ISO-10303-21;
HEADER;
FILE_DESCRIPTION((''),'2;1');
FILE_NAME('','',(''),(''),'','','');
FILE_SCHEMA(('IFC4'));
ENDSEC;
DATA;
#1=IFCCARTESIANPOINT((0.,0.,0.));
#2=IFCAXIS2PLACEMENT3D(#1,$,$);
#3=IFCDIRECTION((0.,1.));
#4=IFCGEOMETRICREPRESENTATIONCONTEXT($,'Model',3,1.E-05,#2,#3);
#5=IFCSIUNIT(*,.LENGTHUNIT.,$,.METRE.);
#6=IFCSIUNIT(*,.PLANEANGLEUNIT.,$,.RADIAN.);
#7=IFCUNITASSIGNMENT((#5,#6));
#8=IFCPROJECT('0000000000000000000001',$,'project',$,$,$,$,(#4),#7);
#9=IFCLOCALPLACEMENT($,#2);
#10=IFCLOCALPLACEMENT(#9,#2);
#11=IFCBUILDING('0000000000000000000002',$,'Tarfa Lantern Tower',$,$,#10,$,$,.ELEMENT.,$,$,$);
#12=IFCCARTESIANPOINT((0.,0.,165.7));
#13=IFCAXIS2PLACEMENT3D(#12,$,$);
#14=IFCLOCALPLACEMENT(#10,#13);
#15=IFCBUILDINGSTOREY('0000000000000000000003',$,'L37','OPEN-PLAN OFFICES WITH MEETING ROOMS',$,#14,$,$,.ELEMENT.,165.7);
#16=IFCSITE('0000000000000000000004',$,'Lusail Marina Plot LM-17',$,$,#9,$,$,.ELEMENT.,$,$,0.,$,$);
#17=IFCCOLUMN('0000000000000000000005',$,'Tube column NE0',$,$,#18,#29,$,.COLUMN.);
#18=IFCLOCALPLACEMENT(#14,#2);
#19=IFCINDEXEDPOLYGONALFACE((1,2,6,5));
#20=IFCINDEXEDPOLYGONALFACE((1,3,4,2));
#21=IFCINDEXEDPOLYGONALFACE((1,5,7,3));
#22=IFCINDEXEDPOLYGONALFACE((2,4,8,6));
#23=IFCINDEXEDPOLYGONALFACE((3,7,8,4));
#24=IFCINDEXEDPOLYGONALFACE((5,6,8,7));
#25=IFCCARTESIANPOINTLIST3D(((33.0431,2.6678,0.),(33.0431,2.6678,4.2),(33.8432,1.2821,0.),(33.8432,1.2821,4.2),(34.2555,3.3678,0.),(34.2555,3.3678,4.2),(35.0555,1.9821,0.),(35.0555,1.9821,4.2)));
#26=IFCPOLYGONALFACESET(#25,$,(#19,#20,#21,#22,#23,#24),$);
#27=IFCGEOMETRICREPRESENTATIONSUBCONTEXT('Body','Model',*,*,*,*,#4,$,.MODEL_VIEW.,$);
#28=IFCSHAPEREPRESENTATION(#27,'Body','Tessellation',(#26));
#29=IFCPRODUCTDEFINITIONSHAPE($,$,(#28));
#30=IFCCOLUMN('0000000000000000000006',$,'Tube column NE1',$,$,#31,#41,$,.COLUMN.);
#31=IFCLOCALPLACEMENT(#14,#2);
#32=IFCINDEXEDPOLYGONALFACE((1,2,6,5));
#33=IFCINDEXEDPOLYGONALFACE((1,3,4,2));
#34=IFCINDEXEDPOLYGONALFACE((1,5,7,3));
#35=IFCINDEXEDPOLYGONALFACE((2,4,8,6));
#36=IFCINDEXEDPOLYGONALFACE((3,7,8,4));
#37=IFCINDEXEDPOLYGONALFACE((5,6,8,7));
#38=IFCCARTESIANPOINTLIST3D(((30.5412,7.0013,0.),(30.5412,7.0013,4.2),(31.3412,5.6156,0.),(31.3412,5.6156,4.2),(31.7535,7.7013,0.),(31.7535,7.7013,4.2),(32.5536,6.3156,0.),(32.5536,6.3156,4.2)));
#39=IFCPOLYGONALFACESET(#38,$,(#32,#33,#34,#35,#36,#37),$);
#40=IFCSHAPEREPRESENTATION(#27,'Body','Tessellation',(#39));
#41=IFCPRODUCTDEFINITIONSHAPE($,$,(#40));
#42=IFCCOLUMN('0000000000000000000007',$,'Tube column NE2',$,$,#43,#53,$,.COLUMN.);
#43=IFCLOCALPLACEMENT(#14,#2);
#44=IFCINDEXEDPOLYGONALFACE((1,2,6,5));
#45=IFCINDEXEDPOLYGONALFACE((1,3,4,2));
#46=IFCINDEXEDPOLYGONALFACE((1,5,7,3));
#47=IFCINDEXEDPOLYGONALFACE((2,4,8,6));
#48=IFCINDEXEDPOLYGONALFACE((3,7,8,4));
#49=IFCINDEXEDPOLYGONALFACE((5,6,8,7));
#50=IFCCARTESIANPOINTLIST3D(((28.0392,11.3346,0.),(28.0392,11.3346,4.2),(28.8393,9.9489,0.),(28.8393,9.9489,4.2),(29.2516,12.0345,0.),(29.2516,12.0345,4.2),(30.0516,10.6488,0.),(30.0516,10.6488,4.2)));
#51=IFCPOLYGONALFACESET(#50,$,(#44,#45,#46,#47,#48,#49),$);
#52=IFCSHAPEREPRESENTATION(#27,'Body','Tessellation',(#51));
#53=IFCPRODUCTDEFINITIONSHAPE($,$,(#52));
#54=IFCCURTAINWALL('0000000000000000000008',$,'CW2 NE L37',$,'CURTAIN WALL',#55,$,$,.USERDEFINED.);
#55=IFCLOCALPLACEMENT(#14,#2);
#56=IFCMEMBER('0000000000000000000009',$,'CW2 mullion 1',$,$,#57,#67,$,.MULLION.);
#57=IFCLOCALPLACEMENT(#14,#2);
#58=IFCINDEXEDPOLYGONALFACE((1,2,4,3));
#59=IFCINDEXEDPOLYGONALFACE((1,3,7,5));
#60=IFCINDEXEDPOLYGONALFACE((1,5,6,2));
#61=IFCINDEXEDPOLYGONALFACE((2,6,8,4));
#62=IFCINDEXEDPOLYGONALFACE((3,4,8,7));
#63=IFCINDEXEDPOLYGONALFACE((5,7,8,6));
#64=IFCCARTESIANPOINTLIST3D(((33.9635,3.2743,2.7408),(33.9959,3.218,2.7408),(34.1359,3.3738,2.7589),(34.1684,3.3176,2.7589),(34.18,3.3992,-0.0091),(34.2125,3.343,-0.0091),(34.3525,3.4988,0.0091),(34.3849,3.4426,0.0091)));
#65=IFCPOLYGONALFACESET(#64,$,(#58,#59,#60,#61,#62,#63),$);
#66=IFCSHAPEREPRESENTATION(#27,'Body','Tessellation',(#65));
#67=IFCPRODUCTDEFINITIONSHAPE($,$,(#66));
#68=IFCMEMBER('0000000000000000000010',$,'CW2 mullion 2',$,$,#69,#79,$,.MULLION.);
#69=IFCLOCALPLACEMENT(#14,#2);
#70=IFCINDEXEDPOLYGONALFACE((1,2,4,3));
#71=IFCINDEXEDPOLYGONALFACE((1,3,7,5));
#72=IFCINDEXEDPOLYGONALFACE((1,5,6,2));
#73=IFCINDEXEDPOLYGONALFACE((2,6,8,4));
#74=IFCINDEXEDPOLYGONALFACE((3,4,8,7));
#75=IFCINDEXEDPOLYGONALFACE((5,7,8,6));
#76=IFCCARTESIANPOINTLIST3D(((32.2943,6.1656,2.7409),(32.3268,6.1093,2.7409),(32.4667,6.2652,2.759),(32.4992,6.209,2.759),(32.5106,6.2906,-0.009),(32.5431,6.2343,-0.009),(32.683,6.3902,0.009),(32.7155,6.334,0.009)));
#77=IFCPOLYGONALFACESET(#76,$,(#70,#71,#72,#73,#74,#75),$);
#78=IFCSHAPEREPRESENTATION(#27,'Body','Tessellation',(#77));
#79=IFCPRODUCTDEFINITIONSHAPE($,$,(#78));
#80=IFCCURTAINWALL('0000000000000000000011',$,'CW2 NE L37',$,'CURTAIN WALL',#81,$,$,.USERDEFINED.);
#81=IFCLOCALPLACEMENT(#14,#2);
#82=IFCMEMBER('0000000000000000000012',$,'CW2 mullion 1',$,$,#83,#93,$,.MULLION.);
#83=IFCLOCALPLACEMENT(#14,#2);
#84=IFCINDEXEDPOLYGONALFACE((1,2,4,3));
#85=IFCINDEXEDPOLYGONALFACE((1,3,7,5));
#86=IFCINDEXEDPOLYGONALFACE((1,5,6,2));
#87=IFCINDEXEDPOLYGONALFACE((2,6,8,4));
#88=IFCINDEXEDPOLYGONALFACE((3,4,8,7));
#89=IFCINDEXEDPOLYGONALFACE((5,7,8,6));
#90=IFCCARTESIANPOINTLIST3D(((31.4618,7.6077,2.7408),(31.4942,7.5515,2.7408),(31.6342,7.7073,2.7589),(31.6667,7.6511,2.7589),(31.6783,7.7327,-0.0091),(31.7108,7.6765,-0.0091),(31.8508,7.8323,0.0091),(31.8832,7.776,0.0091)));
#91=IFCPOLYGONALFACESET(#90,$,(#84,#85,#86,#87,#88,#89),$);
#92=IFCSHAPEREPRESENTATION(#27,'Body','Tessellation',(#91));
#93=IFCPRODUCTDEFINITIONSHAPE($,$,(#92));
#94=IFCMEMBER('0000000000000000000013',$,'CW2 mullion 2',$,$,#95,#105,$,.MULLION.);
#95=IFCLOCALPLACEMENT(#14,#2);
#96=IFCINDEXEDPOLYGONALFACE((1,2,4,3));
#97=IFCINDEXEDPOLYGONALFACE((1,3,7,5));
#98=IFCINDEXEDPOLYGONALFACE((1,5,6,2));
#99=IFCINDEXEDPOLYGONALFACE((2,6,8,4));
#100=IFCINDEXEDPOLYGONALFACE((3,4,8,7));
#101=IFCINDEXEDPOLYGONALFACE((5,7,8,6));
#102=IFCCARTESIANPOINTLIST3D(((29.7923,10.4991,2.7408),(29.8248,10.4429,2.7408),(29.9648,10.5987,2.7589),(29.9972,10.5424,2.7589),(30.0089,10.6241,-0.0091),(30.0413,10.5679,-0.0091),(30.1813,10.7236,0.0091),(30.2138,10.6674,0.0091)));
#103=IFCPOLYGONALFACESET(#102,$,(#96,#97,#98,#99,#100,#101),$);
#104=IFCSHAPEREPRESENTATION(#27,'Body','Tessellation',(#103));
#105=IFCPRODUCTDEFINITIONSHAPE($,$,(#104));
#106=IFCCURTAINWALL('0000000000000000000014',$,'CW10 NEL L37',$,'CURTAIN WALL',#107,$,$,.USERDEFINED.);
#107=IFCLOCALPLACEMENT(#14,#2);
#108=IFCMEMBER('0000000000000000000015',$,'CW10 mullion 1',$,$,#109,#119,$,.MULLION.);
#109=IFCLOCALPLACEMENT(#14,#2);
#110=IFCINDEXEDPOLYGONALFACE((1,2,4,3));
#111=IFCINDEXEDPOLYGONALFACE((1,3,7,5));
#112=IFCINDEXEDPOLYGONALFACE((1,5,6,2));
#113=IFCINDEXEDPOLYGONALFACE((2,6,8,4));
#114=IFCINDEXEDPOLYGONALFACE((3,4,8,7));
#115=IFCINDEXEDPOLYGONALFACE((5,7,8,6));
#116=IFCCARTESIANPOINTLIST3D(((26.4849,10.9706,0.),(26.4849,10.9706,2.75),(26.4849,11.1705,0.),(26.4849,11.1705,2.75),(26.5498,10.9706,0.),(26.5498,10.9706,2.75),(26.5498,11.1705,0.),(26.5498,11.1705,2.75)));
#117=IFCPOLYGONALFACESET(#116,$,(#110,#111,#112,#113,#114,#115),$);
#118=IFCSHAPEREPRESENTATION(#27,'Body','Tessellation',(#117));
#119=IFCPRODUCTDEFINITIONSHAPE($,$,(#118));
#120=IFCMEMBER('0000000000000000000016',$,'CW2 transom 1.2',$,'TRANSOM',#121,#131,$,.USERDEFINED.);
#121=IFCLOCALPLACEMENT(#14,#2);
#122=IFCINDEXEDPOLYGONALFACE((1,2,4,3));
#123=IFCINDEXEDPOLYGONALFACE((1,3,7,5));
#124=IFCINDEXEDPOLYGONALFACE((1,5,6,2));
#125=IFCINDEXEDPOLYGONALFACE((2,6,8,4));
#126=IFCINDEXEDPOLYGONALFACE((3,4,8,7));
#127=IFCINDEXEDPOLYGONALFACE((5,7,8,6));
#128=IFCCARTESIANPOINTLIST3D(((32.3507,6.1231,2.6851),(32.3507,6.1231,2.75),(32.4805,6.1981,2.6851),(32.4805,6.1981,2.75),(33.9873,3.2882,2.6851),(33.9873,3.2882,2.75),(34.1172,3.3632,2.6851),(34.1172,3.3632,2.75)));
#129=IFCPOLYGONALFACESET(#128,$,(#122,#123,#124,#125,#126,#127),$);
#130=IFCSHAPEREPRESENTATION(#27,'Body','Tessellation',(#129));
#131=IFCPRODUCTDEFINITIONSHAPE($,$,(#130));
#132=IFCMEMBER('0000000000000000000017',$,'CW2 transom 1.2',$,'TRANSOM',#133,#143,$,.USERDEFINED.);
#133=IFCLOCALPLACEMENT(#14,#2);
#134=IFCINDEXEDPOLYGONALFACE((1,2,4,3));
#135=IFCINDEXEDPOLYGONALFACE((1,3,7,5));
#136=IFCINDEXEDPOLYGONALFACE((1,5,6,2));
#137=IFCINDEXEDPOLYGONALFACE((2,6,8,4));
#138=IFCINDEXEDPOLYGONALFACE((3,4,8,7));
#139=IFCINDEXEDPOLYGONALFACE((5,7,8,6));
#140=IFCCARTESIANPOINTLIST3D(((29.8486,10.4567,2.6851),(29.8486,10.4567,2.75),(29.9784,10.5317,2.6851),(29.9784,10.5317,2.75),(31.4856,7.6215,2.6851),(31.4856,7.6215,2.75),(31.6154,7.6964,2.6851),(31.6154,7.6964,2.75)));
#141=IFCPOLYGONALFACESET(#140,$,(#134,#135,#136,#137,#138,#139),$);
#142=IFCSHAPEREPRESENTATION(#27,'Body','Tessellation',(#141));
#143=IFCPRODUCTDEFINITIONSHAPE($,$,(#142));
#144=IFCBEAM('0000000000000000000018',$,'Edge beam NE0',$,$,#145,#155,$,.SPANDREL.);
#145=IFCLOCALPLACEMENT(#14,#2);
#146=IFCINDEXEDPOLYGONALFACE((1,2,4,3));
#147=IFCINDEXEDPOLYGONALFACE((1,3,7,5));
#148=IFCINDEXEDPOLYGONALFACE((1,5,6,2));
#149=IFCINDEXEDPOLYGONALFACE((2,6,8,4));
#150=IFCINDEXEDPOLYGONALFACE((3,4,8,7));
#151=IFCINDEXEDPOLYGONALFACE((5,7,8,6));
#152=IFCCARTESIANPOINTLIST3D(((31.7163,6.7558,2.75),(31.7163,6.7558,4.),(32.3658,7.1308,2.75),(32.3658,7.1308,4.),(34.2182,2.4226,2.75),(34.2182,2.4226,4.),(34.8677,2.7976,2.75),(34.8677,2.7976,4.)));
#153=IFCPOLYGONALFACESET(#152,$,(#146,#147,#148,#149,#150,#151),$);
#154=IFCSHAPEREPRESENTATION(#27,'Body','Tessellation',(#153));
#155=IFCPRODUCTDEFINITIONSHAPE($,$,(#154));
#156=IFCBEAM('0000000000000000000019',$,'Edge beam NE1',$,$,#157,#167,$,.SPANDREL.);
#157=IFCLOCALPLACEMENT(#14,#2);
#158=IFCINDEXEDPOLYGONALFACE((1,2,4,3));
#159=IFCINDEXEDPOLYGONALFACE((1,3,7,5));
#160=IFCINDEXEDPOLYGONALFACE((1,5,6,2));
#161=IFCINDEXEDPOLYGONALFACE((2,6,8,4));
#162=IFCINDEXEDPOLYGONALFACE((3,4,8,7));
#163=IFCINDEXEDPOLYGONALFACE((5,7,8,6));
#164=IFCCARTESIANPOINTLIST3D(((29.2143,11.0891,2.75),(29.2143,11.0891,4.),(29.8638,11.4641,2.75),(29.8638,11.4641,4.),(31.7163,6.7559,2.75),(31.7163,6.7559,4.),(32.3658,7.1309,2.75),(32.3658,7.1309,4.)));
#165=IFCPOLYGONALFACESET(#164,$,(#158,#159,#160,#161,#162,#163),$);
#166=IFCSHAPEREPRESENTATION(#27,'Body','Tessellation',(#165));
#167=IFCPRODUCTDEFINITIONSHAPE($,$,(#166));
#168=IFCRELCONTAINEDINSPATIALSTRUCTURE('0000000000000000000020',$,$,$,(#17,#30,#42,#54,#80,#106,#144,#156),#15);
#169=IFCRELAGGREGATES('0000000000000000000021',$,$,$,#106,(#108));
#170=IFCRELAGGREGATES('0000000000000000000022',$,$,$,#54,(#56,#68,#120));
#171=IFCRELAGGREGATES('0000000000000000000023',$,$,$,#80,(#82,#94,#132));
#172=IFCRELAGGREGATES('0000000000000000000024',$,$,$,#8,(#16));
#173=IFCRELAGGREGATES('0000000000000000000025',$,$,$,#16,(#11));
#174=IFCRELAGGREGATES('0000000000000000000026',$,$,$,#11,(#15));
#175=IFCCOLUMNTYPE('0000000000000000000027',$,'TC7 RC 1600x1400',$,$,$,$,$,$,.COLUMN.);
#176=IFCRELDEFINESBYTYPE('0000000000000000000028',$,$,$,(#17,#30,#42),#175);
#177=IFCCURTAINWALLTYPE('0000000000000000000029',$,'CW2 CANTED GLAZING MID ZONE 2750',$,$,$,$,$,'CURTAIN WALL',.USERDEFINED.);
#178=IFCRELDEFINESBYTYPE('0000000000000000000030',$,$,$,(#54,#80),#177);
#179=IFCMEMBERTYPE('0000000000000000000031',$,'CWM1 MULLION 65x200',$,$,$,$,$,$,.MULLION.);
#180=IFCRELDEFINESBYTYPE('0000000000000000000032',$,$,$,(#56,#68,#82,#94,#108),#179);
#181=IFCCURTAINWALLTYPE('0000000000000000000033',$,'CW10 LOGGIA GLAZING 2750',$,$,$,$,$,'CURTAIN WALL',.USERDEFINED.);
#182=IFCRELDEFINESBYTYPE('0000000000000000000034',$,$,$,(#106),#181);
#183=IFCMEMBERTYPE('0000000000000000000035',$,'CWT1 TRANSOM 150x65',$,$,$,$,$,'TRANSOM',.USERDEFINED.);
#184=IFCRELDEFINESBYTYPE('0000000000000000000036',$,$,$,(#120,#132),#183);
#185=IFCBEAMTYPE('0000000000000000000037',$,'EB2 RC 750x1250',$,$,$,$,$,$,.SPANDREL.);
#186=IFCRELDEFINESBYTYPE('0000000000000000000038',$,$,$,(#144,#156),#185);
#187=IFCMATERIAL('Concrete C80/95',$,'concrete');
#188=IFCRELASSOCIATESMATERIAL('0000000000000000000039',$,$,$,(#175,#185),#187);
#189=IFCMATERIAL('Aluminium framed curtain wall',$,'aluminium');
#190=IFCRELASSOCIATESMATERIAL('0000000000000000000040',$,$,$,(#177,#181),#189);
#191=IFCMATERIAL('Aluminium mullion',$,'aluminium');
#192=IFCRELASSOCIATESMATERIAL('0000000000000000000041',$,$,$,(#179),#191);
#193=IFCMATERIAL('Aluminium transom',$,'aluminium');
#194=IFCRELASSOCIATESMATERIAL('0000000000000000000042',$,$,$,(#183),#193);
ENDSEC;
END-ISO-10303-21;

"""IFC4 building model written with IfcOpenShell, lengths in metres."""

from ifc_helpers import new_model, si_unit, direction, frame, origin, origin_2d, place, context, subcontext, project, spatial, rectangle, extrude, material, material_profile, profile_set, type_object, element, aggregate, save


model = new_model("IFC4")

# Units and contexts
model_context = context("Model", 3, precision=1e-05, world=origin(), true_north=direction((0.0, 1.0)))
body_context = subcontext(model_context, "Body", "Model", "MODEL_VIEW")
ifc_project = project(units=[si_unit("LENGTHUNIT", "METRE"), si_unit("PLANEANGLEUNIT", "RADIAN")], contexts=[model_context])

# Site, building, storey
site_placement = place(None, origin())
site = spatial("IfcSite", under=ifc_project, at=site_placement, Name="Lusail Marina Plot LM-17", CompositionType="ELEMENT", RefElevation=0.0)
building_placement = place(site_placement, origin())
building = spatial("IfcBuilding", under=site, at=building_placement, Name="Tarfa Lantern Tower", CompositionType="ELEMENT")
storey_placement = place(building_placement, frame((0.0, 0.0, 165.7)))
storey = spatial("IfcBuildingStorey", under=building, at=storey_placement, Name="L37", Description="OPEN-PLAN OFFICES WITH MEETING ROOMS", CompositionType="ELEMENT", Elevation=165.7)

# Columns
ifc_material_1 = material(Name="Concrete C80/95", Category="concrete")
ifc_material_profile_1 = material_profile(ifc_material_1, rectangle(XDim=1.6001, YDim=1.3999, at=origin_2d()), Name="RC 1600x1400")
ifc_profile_set_1 = profile_set([ifc_material_profile_1], Name="Concrete C80/95")
column_type = type_object("IfcColumnType", Name="TC7 RC 1600x1400", PredefinedType="COLUMN", material=ifc_profile_set_1)
for number, where, z_axis, x_axis, name in (
    (1, (34.0493, 2.325, 0.0), (0.0, 0.0, 1.0), (-0.5, 0.866025, 0.0), "Tube column NE0"),
    (2, (31.5474, 6.6584, 0.0), (0.0, 0.0, 1.0), (-0.5, 0.866025, 0.0), "Tube column NE1"),
    (3, (29.0454, 10.9917, 0.0), (0.0, 0.0, 1.0), (-0.5, 0.866025, 0.0), "Tube column NE2"),
):
    element("IfcColumn", number, at=place(storey_placement, frame(where, z_axis=z_axis, x_axis=x_axis)), inside=storey, type_object=column_type, Name=name, PredefinedType="COLUMN", context=body_context, shape_type="SweptSolid", body=[
        extrude(rectangle(XDim=1.6001, YDim=1.3999, at=origin_2d()), origin(), (0.0, 0.0, 1.0), 4.2),
    ])

# Curtain walls, members
ifc_material_2 = material(Name="Aluminium framed curtain wall", Category="aluminium")
curtain_wall_type_1 = type_object("IfcCurtainWallType", Name="CW2 CANTED GLAZING MID ZONE 2750", ElementType="CURTAIN WALL", PredefinedType="USERDEFINED", material=ifc_material_2)
curtain_wall_1_placement = place(storey_placement, origin())
curtain_wall_1 = element("IfcCurtainWall", 4, at=curtain_wall_1_placement, inside=storey, type_object=curtain_wall_type_1, Name="CW2 NE L37", ObjectType="CURTAIN WALL", PredefinedType="USERDEFINED")
ifc_material_3 = material(Name="Aluminium mullion", Category="aluminium")
ifc_material_profile_2 = material_profile(ifc_material_3, rectangle(XDim=0.0649, YDim=0.2, at=origin_2d()), Name="AL MULLION 65x200")
ifc_profile_set_2 = profile_set([ifc_material_profile_2], Name="Aluminium mullion")
member_type_1 = type_object("IfcMemberType", Name="CWM1 MULLION 65x200", PredefinedType="MULLION", material=ifc_profile_set_2)
member_1_placement = place(storey_placement, frame((34.2825, 3.4209, 0.0), z_axis=(-0.078423, -0.045268, 0.995892), x_axis=(0.49992, -0.866072, 0.0)))
member_1 = element("IfcMember", 5, at=member_1_placement, type_object=member_type_1, Name="CW2 mullion 1", PredefinedType="MULLION", context=body_context, shape_type="SweptSolid", body=[
    extrude(rectangle(XDim=0.0649, YDim=0.2, at=origin_2d()), origin(), (0.0, 0.0, 1.0), 2.7612),
])
member_2_placement = place(storey_placement, frame((32.613, 6.3123, 0.0), z_axis=(-0.078335, -0.045268, 0.995899), x_axis=(0.500343, -0.865827, 0.0)))
member_2 = element("IfcMember", 6, at=member_2_placement, type_object=member_type_1, Name="CW2 mullion 2", PredefinedType="MULLION", context=body_context, shape_type="SweptSolid", body=[
    extrude(rectangle(XDim=0.0649, YDim=0.2, at=origin_2d()), origin(), (0.0, 0.0, 1.0), 2.7612),
])
curtain_wall_2_placement = place(storey_placement, origin())
curtain_wall_2 = element("IfcCurtainWall", 7, at=curtain_wall_2_placement, inside=storey, type_object=curtain_wall_type_1, Name="CW2 NE L37", ObjectType="CURTAIN WALL", PredefinedType="USERDEFINED")
member_3_placement = place(storey_placement, frame((31.7808, 7.7544, 0.0), z_axis=(-0.078423, -0.045268, 0.995892), x_axis=(0.49992, -0.866072, 0.0)))
member_3 = element("IfcMember", 8, at=member_3_placement, type_object=member_type_1, Name="CW2 mullion 1", PredefinedType="MULLION", context=body_context, shape_type="SweptSolid", body=[
    extrude(rectangle(XDim=0.0649, YDim=0.2, at=origin_2d()), origin(), (0.0, 0.0, 1.0), 2.7612),
])
member_4_placement = place(storey_placement, frame((30.1113, 10.6458, 0.0), z_axis=(-0.078423, -0.045268, 0.995892), x_axis=(0.49992, -0.866072, 0.0)))
member_4 = element("IfcMember", 9, at=member_4_placement, type_object=member_type_1, Name="CW2 mullion 2", PredefinedType="MULLION", context=body_context, shape_type="SweptSolid", body=[
    extrude(rectangle(XDim=0.0649, YDim=0.2, at=origin_2d()), origin(), (0.0, 0.0, 1.0), 2.7612),
])

# Curtain wall, member
curtain_wall_type_2 = type_object("IfcCurtainWallType", Name="CW10 LOGGIA GLAZING 2750", ElementType="CURTAIN WALL", PredefinedType="USERDEFINED", material=ifc_material_2)
curtain_wall_3_placement = place(storey_placement, origin())
curtain_wall_3 = element("IfcCurtainWall", 10, at=curtain_wall_3_placement, inside=storey, type_object=curtain_wall_type_2, Name="CW10 NEL L37", ObjectType="CURTAIN WALL", PredefinedType="USERDEFINED")
member_5_placement = place(storey_placement, frame((26.5173, 11.0706, 0.0), z_axis=(0.0, 0.0, 1.0), x_axis=(1.0, 0.0, 0.0)))
member_5 = element("IfcMember", 11, at=member_5_placement, type_object=member_type_1, Name="CW10 mullion 1", PredefinedType="MULLION", context=body_context, shape_type="SweptSolid", body=[
    extrude(rectangle(XDim=0.0649, YDim=0.2, at=origin_2d()), origin(), (0.0, 0.0, 1.0), 2.75),
])
aggregate(curtain_wall_3, [member_5])

# Members
ifc_material_4 = material(Name="Aluminium transom", Category="aluminium")
ifc_material_profile_3 = material_profile(ifc_material_4, rectangle(XDim=0.1499, YDim=0.0649, at=origin_2d()), Name="AL TRANSOM 150x65")
ifc_profile_set_3 = profile_set([ifc_material_profile_3], Name="Aluminium transom")
member_type_2 = type_object("IfcMemberType", Name="CWT1 TRANSOM 150x65", ElementType="TRANSOM", PredefinedType="USERDEFINED", material=ifc_profile_set_3)
member_6_placement = place(storey_placement, frame((34.0522, 3.3257, 2.7175), z_axis=(-0.499989, 0.866032, 0.0), x_axis=(-0.866032, -0.499989, 0.0)))
member_6 = element("IfcMember", 12, at=member_6_placement, type_object=member_type_2, Name="CW2 transom 1.2", ObjectType="TRANSOM", PredefinedType="USERDEFINED", context=body_context, shape_type="SweptSolid", body=[
    extrude(rectangle(XDim=0.1499, YDim=0.0649, at=origin_2d()), origin(), (0.0, 0.0, 1.0), 3.2734),
])
member_7_placement = place(storey_placement, frame((31.5505, 7.6589, 2.7175), z_axis=(-0.500013, 0.866018, 0.0), x_axis=(-0.866018, -0.500013, 0.0)))
member_7 = element("IfcMember", 13, at=member_7_placement, type_object=member_type_2, Name="CW2 transom 1.2", ObjectType="TRANSOM", PredefinedType="USERDEFINED", context=body_context, shape_type="SweptSolid", body=[
    extrude(rectangle(XDim=0.1499, YDim=0.0649, at=origin_2d()), origin(), (0.0, 0.0, 1.0), 3.2739),
])

# Beams
ifc_material_profile_4 = material_profile(ifc_material_1, rectangle(XDim=0.75, YDim=1.25, at=origin_2d()), Name="RC 750x1250")
ifc_profile_set_4 = profile_set([ifc_material_profile_4], Name="Concrete C80/95")
beam_type_1 = type_object("IfcBeamType", Name="EB2 RC 750x1250", PredefinedType="SPANDREL", material=ifc_profile_set_4)
for number, where, z_axis, x_axis, name in (
    (14, (34.543, 2.6101, 3.375), (-0.500022, 0.866013, 0.0), (-0.866013, -0.500022, 0.0), "Edge beam NE0"),
    (15, (32.041, 6.9434, 3.375), (-0.500022, 0.866013, 0.0), (-0.866013, -0.500022, 0.0), "Edge beam NE1"),
):
    element("IfcBeam", number, at=place(storey_placement, frame(where, z_axis=z_axis, x_axis=x_axis)), inside=storey, type_object=beam_type_1, Name=name, PredefinedType="SPANDREL", context=body_context, shape_type="SweptSolid", body=[
        extrude(rectangle(XDim=0.75, YDim=1.25, at=origin_2d()), origin(), (0.0, 0.0, 1.0), 5.0037),
    ])

aggregate(curtain_wall_1, [member_1, member_2, member_6])
aggregate(curtain_wall_2, [member_3, member_4, member_7])

save(model, "model.ifc")
